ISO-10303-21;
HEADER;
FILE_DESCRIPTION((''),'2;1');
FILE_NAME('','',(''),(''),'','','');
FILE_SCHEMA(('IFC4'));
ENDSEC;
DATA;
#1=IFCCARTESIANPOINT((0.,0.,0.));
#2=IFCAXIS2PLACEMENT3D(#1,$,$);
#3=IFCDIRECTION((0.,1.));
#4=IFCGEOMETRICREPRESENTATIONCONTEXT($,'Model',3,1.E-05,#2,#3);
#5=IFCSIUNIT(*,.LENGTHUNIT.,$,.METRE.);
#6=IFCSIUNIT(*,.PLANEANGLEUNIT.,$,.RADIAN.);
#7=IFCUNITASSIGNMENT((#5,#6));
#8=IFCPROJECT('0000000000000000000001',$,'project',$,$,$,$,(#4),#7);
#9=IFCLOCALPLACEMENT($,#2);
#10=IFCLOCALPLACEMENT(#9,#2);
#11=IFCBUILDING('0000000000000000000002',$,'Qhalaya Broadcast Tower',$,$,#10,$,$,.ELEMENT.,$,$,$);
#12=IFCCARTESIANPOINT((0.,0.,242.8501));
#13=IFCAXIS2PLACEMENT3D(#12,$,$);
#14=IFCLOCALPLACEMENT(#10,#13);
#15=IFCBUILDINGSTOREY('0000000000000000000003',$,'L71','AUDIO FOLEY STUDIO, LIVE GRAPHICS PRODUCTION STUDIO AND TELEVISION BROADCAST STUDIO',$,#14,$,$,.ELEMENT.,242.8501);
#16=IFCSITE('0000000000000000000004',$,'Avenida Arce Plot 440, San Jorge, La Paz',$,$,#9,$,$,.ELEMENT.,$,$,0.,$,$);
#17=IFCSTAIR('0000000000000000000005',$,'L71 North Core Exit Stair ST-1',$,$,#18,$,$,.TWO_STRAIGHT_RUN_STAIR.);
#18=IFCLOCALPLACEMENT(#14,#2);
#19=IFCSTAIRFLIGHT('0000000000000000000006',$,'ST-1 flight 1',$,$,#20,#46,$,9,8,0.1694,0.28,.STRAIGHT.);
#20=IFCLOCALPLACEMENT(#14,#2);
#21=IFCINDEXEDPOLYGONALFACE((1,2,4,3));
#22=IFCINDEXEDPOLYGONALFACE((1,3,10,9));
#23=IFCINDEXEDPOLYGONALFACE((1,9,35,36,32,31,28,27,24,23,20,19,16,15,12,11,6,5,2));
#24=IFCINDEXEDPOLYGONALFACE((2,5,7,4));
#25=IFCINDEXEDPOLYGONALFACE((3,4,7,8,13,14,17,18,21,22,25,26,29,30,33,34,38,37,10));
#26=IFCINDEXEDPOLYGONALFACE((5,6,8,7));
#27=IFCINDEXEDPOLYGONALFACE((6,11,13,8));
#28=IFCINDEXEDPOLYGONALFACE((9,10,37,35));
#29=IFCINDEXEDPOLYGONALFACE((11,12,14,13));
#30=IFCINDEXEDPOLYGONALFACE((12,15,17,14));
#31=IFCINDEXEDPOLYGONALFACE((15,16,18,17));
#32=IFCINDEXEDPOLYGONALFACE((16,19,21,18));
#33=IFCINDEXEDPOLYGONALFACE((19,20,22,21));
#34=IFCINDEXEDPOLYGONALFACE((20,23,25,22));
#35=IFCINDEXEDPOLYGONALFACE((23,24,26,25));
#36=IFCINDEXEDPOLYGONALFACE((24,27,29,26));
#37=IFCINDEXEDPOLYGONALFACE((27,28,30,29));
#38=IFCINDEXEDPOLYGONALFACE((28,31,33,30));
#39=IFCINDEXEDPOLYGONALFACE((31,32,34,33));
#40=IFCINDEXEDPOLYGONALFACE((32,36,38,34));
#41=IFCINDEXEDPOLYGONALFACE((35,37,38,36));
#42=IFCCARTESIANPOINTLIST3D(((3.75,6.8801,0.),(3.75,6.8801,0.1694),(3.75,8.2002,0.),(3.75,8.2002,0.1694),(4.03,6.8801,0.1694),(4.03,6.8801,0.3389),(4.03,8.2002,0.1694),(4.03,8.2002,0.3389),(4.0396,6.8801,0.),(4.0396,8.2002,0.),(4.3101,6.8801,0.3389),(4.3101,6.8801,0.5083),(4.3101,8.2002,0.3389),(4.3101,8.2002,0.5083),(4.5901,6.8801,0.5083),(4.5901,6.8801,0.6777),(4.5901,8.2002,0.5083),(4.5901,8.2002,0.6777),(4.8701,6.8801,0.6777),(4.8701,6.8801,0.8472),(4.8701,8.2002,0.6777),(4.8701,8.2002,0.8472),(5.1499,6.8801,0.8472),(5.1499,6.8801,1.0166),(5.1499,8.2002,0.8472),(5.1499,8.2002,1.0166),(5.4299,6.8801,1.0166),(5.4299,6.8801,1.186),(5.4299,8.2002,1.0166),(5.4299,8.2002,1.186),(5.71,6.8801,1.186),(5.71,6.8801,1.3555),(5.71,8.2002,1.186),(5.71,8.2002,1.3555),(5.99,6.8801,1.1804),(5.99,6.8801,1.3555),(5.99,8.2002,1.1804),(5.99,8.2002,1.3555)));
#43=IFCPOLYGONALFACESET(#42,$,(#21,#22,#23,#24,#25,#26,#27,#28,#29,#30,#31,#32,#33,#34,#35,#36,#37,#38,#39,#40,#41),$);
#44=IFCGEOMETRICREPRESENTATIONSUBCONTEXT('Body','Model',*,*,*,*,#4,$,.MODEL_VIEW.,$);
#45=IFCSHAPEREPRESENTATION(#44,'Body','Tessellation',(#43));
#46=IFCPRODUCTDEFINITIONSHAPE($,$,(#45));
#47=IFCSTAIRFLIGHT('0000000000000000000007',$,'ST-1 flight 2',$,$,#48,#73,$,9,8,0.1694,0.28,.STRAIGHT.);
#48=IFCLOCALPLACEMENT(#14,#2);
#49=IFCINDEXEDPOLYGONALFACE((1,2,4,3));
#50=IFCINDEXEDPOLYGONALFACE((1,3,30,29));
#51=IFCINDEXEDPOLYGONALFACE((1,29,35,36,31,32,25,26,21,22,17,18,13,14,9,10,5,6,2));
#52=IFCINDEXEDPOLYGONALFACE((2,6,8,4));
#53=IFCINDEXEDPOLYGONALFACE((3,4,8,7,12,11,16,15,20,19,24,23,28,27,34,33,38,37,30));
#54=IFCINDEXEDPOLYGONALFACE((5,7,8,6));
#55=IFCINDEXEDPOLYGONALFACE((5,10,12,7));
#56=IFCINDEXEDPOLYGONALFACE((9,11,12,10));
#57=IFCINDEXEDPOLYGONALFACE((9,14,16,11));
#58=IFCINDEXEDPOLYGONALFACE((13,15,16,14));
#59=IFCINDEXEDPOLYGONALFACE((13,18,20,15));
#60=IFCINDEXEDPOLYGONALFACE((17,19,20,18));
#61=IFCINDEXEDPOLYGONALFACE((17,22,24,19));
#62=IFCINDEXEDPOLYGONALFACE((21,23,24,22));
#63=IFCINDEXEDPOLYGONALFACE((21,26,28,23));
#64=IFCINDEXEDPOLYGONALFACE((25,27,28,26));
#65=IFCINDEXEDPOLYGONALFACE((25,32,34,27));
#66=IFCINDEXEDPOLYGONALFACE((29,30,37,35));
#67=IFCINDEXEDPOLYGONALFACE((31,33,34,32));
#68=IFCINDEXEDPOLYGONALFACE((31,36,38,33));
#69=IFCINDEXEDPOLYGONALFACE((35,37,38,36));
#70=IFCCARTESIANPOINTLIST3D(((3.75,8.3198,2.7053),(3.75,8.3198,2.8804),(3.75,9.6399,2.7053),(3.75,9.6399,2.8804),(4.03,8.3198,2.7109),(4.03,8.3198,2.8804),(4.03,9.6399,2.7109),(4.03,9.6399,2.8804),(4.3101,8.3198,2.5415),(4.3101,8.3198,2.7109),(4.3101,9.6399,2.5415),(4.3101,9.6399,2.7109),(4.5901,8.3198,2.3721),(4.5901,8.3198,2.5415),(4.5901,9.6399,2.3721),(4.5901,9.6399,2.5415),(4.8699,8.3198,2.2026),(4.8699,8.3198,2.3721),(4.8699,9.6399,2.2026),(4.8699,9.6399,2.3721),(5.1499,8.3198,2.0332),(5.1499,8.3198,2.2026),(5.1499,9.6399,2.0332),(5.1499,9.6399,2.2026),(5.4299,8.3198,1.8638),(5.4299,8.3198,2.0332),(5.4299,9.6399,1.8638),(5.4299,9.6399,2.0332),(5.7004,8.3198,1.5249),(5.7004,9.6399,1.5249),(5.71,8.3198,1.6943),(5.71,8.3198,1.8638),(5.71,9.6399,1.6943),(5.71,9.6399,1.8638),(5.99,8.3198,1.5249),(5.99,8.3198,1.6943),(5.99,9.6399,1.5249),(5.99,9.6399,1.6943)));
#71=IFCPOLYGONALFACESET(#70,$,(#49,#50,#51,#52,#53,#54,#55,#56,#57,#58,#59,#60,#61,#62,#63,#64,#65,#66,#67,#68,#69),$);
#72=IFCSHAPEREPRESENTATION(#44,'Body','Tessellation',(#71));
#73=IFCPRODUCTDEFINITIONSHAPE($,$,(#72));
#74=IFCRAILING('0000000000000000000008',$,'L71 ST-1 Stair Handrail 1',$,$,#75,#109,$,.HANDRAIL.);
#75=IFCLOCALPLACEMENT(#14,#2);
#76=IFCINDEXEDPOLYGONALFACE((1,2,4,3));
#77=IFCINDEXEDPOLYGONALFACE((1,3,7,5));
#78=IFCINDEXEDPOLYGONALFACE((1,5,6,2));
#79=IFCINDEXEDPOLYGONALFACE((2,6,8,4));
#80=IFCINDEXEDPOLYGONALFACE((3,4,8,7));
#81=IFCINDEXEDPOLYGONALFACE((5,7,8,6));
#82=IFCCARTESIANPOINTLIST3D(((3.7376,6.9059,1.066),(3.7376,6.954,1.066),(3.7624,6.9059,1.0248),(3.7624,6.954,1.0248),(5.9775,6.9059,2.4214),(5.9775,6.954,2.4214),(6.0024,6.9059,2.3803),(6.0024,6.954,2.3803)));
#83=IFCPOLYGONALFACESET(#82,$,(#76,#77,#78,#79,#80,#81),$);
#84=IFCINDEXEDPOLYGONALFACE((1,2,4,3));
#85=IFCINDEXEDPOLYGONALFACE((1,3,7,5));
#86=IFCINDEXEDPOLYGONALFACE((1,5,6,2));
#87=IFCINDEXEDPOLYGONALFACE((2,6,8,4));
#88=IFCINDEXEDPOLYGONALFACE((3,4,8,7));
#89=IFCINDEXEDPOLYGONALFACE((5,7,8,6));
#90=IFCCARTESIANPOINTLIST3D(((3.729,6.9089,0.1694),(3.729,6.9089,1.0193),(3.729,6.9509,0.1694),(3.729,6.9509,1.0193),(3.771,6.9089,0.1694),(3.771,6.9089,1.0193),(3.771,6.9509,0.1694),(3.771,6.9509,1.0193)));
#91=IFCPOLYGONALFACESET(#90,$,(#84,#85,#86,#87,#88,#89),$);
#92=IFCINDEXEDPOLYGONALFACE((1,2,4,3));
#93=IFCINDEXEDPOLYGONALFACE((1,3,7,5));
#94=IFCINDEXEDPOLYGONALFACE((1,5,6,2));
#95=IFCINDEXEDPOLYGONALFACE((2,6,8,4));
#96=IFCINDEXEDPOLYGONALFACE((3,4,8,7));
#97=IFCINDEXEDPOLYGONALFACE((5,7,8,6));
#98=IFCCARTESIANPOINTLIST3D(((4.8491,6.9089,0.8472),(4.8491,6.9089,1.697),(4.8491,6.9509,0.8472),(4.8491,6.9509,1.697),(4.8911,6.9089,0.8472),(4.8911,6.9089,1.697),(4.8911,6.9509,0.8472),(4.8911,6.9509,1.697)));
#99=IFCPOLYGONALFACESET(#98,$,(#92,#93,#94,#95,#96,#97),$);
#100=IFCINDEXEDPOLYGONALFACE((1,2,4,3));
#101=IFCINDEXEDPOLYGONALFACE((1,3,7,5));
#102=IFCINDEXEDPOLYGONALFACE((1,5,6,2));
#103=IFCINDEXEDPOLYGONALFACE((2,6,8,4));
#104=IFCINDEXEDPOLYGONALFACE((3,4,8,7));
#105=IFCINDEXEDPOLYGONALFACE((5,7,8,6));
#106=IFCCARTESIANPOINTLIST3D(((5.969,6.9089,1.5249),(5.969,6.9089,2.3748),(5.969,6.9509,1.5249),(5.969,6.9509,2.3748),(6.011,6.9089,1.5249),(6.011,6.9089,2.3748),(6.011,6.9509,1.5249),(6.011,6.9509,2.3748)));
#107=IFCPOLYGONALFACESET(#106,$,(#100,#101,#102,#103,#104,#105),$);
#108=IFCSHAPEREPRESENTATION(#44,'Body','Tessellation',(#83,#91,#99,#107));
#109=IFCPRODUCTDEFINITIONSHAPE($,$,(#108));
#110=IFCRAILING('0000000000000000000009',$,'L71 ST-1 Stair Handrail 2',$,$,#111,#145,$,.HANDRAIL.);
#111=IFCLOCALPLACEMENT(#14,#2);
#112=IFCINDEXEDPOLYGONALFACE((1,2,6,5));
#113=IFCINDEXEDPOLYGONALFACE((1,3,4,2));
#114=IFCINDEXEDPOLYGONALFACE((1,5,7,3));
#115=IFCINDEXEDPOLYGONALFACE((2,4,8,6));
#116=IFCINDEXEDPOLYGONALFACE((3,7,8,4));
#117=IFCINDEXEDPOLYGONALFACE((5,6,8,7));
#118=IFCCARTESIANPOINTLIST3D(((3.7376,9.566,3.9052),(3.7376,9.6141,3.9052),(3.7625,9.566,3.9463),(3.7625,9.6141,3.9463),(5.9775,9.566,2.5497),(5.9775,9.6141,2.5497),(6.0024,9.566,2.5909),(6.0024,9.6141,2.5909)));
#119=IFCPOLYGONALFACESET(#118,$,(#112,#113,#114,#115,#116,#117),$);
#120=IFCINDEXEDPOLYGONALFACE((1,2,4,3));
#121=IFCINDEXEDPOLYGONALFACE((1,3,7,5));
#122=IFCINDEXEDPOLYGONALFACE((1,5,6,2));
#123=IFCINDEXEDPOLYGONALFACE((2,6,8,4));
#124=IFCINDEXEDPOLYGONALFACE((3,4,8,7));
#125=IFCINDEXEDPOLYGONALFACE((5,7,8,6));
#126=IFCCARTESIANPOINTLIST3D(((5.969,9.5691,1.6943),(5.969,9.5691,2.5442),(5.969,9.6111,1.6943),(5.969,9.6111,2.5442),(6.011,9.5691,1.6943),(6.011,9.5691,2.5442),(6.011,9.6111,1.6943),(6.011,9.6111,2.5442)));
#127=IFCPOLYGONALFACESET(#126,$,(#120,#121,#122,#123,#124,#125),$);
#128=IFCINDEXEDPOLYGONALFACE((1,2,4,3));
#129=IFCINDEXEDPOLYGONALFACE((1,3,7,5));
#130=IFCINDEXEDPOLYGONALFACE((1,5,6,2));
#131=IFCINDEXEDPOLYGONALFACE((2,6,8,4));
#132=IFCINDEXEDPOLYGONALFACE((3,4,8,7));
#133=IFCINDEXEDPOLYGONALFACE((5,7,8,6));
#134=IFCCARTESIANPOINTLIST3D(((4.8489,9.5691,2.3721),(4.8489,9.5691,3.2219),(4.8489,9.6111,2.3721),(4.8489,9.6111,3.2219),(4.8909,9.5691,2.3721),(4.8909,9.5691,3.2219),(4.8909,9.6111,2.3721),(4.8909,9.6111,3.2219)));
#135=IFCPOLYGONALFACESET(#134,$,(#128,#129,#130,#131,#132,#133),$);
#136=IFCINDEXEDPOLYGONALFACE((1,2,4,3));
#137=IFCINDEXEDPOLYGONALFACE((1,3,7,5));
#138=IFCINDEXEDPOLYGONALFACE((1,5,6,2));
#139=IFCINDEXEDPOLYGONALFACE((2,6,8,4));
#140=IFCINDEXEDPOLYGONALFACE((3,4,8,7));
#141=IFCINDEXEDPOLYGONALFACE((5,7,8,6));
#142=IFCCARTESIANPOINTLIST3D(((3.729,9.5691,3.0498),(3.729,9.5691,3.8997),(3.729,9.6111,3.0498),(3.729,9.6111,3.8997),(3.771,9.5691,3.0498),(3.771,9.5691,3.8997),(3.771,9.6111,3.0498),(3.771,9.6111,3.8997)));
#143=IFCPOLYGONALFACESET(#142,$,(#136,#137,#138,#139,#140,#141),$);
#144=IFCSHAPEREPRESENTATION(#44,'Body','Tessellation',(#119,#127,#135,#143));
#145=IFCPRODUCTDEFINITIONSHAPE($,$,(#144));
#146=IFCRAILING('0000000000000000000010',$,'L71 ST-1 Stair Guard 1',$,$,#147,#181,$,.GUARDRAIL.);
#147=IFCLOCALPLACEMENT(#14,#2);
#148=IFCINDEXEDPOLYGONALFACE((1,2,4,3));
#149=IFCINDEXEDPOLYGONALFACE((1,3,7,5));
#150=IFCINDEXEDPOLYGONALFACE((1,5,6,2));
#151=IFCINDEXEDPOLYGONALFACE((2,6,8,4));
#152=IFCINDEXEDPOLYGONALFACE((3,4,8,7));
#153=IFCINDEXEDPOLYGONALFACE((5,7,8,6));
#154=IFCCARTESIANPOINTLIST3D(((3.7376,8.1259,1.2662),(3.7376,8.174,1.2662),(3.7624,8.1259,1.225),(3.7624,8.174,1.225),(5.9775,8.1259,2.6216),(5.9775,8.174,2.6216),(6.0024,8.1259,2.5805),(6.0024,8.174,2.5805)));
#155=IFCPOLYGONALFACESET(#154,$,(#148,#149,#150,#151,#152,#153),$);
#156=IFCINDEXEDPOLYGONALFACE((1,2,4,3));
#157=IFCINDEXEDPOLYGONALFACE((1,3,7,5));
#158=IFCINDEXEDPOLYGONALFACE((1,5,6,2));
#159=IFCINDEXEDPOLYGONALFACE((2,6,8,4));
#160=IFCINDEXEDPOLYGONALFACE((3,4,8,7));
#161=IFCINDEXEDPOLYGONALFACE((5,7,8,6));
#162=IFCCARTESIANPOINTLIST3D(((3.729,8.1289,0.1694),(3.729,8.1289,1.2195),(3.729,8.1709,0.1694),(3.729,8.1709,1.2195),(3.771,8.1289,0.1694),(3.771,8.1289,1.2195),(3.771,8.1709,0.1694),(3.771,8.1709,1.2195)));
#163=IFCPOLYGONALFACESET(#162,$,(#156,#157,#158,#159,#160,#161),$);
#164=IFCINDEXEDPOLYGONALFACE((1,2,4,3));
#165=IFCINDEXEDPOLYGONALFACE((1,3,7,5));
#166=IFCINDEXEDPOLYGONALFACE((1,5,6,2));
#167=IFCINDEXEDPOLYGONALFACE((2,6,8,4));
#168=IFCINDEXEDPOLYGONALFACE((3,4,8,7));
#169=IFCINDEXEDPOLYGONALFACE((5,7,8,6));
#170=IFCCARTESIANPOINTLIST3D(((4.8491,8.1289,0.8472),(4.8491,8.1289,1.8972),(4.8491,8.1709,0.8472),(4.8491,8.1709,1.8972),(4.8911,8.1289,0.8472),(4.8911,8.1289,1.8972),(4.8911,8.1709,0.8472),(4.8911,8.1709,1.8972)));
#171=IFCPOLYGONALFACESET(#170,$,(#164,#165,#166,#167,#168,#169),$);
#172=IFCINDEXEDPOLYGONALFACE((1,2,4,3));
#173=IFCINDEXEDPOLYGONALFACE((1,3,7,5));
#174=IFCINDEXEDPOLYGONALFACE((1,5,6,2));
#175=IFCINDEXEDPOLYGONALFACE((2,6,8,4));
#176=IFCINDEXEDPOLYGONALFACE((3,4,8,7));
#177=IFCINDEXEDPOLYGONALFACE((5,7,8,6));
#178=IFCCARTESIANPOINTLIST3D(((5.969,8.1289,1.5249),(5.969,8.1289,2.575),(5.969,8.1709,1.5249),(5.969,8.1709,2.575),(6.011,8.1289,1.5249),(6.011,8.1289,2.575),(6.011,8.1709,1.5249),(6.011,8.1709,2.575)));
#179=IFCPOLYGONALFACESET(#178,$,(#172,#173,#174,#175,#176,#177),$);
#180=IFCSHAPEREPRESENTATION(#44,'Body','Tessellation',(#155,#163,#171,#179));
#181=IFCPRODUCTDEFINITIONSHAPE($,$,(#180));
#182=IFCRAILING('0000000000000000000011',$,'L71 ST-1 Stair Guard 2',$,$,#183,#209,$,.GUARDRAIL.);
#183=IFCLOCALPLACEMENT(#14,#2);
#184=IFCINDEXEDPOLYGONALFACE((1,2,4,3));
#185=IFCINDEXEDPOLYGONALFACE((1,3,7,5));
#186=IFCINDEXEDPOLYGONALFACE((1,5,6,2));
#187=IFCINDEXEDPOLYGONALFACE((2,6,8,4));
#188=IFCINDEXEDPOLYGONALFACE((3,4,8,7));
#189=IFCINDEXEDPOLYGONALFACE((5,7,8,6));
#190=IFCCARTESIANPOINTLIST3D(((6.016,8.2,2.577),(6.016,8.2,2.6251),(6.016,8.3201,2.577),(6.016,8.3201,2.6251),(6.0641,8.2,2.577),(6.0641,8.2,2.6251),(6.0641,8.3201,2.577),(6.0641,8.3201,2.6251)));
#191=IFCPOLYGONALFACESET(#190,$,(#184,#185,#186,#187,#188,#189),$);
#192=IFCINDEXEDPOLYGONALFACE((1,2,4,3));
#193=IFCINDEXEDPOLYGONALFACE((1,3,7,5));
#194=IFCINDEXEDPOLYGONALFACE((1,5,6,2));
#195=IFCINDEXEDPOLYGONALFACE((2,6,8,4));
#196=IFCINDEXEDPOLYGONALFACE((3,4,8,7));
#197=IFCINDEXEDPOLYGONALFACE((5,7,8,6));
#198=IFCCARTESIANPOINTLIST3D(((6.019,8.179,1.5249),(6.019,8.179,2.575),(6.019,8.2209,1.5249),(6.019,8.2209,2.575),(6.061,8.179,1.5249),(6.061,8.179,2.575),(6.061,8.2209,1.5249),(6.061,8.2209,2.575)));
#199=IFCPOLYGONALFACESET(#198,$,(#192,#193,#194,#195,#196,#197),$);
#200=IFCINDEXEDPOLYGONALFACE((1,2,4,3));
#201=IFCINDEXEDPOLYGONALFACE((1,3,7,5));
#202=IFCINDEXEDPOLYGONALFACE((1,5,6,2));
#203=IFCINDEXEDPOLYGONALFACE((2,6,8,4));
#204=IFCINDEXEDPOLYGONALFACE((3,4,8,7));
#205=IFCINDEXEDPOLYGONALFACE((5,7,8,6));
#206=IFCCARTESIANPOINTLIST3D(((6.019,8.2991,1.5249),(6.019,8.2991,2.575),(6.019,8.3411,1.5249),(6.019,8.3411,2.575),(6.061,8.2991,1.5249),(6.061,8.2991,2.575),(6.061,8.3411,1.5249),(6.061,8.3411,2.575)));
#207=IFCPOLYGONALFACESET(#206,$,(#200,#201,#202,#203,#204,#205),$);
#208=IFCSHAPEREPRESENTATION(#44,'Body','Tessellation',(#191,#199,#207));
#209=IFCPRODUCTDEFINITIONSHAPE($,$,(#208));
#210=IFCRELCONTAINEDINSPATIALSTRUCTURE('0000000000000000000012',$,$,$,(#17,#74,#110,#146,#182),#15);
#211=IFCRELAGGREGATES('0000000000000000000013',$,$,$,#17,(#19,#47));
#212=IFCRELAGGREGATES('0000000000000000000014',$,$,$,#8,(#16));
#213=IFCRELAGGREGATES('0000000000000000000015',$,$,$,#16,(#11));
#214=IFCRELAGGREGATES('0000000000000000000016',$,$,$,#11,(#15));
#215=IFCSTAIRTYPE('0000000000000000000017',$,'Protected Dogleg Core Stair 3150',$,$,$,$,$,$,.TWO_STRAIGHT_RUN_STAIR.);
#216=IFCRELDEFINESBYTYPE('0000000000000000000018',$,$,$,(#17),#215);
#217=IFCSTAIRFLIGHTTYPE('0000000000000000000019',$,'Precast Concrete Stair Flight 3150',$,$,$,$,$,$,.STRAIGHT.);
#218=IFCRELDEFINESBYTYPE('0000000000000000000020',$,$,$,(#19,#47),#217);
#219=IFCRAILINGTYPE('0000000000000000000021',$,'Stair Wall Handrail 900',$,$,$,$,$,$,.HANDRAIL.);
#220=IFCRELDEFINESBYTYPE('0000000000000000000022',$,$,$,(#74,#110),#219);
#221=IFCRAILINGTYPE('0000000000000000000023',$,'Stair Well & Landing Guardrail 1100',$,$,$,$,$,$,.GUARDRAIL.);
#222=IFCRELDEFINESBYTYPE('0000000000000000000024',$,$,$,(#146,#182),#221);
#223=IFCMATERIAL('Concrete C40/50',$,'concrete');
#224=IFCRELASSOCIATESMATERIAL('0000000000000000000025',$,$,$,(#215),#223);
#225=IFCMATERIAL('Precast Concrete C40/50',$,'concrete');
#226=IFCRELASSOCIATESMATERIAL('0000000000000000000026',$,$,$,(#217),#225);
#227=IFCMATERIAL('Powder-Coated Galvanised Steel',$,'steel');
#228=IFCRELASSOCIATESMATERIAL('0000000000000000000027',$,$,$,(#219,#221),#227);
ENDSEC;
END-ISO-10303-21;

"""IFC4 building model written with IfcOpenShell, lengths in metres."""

from ifc_helpers import new_model, si_unit, direction, frame, origin, origin_2d, place, context, subcontext, project, spatial, polyline, rectangle, outline, extrude, material, type_object, element, aggregate, save


model = new_model("IFC4")

# Units and contexts
model_context = context("Model", 3, precision=1e-05, world=origin(), true_north=direction((0.0, 1.0)))
body_context = subcontext(model_context, "Body", "Model", "MODEL_VIEW")
ifc_project = project(units=[si_unit("LENGTHUNIT", "METRE"), si_unit("PLANEANGLEUNIT", "RADIAN")], contexts=[model_context])

# Site, building, storey
site_placement = place(None, origin())
site = spatial("IfcSite", under=ifc_project, at=site_placement, Name="Avenida Arce Plot 440, San Jorge, La Paz", CompositionType="ELEMENT", RefElevation=0.0)
building_placement = place(site_placement, origin())
building = spatial("IfcBuilding", under=site, at=building_placement, Name="Qhalaya Broadcast Tower", CompositionType="ELEMENT")
storey_placement = place(building_placement, frame((0.0, 0.0, 242.8501)))
storey = spatial("IfcBuildingStorey", under=building, at=storey_placement, Name="L71", Description="AUDIO FOLEY STUDIO, LIVE GRAPHICS PRODUCTION STUDIO AND TELEVISION BROADCAST STUDIO", CompositionType="ELEMENT", Elevation=242.8501)

# Stair, stair flights
ifc_material_1 = material(Name="Concrete C40/50", Category="concrete")
stair_type = type_object("IfcStairType", Name="Protected Dogleg Core Stair 3150", PredefinedType="TWO_STRAIGHT_RUN_STAIR", material=ifc_material_1)
stair_placement = place(storey_placement, origin())
stair = element("IfcStair", 1, at=stair_placement, inside=storey, type_object=stair_type, Name="L71 North Core Exit Stair ST-1", PredefinedType="TWO_STRAIGHT_RUN_STAIR")
ifc_material_2 = material(Name="Precast Concrete C40/50", Category="concrete")
stair_flight_type = type_object("IfcStairFlightType", Name="Precast Concrete Stair Flight 3150", PredefinedType="STRAIGHT", material=ifc_material_2)
stair_flight_1_placement = place(storey_placement, frame((3.75, 7.54, 0.0), z_axis=(0.0, 0.0, 1.0), x_axis=(1.0, 0.0, 0.0)))
stair_flight_1 = element("IfcStairFlight", 2, at=stair_flight_1_placement, type_object=stair_flight_type, Name="ST-1 flight 1", NumberOfRisers=9, NumberOfTreads=8, PredefinedType="STRAIGHT", RiserHeight=0.1694, TreadLength=0.28, context=body_context, shape_type="SweptSolid", body=[
    extrude(outline(polyline([(0.0, 0.0), (0.0, 0.1694), (0.28, 0.1694), (0.28, 0.3389), (0.5601, 0.3389), (0.5601, 0.5083), (0.8401, 0.5083), (0.8401, 0.6777), (1.1201, 0.6777), (1.1201, 0.8472), (1.3999, 0.8472), (1.3999, 1.0166), (1.6799, 1.0166), (1.6799, 1.186), (1.96, 1.186), (1.96, 1.3555), (2.24, 1.3555), (2.24, 1.5249), (2.24, 1.1804), (0.2896, 0.0), (0.0, 0.0)])), frame((0.0, 0.6602, 0.0), z_axis=(0.0, -1.0, 0.0), x_axis=(1.0, 0.0, 0.0)), (0.0, 0.0, 1.0), 1.3201),
])
stair_flight_2_placement = place(storey_placement, frame((5.99, 8.98, 1.5249), z_axis=(0.0, 0.0, 1.0), x_axis=(-1.0, 0.0, 0.0)))
stair_flight_2 = element("IfcStairFlight", 3, at=stair_flight_2_placement, type_object=stair_flight_type, Name="ST-1 flight 2", NumberOfRisers=9, NumberOfTreads=8, PredefinedType="STRAIGHT", RiserHeight=0.1694, TreadLength=0.28, context=body_context, shape_type="SweptSolid", body=[
    extrude(outline(polyline([(0.0, 0.0), (0.0, 0.1694), (0.28, 0.1694), (0.28, 0.3389), (0.5601, 0.3389), (0.5601, 0.5083), (0.8401, 0.5083), (0.8401, 0.6777), (1.1201, 0.6777), (1.1201, 0.8472), (1.3999, 0.8472), (1.3999, 1.0166), (1.6799, 1.0166), (1.6799, 1.186), (1.96, 1.186), (1.96, 1.3555), (2.24, 1.3555), (2.24, 1.5249), (2.24, 1.1804), (0.2896, 0.0), (0.0, 0.0)])), frame((0.0, 0.6602, 0.0), z_axis=(0.0, -1.0, 0.0), x_axis=(1.0, 0.0, 0.0)), (0.0, 0.0, 1.0), 1.3201),
])
aggregate(stair, [stair_flight_1, stair_flight_2])

# Railings
ifc_material_3 = material(Name="Powder-Coated Galvanised Steel", Category="steel")
railing_type_1 = type_object("IfcRailingType", Name="Stair Wall Handrail 900", PredefinedType="HANDRAIL", material=ifc_material_3)
railing_1_placement = place(storey_placement, frame((3.75, 6.9299, 0.1694)))
element("IfcRailing", 4, at=railing_1_placement, inside=storey, type_object=railing_type_1, Name="L71 ST-1 Stair Handrail 1", PredefinedType="HANDRAIL", context=body_context, shape_type="SweptSolid", body=[
    extrude(rectangle(XDim=0.0481, YDim=0.0481, at=origin_2d()), frame((0.0, 0.0, 0.876), z_axis=(0.855553, 0.0, 0.517715), x_axis=(0.0, 1.0, 0.0)), (0.0, 0.0, 1.0), 2.6182),
    extrude(rectangle(XDim=0.042, YDim=0.042, at=origin_2d()), origin(), (0.0, 0.0, 1.0), 0.8499),
    extrude(rectangle(XDim=0.042, YDim=0.042, at=origin_2d()), frame((1.1201, 0.0, 0.6777)), (0.0, 0.0, 1.0), 0.8499),
    extrude(rectangle(XDim=0.042, YDim=0.042, at=origin_2d()), frame((2.24, 0.0, 1.3555)), (0.0, 0.0, 1.0), 0.8499),
])
railing_2_placement = place(storey_placement, frame((5.99, 9.5901, 1.6943)))
element("IfcRailing", 5, at=railing_2_placement, inside=storey, type_object=railing_type_1, Name="L71 ST-1 Stair Handrail 2", PredefinedType="HANDRAIL", context=body_context, shape_type="SweptSolid", body=[
    extrude(rectangle(XDim=0.0481, YDim=0.0481, at=origin_2d()), frame((0.0, 0.0, 0.876), z_axis=(-0.855553, 0.0, 0.517715), x_axis=(0.0, -1.0, 0.0)), (0.0, 0.0, 1.0), 2.6182),
    extrude(rectangle(XDim=0.042, YDim=0.042, at=origin_2d()), origin(), (0.0, 0.0, 1.0), 0.8499),
    extrude(rectangle(XDim=0.042, YDim=0.042, at=origin_2d()), frame((-1.1201, 0.0, 0.6777)), (0.0, 0.0, 1.0), 0.8499),
    extrude(rectangle(XDim=0.042, YDim=0.042, at=origin_2d()), frame((-2.24, 0.0, 1.3555)), (0.0, 0.0, 1.0), 0.8499),
])
railing_type_2 = type_object("IfcRailingType", Name="Stair Well & Landing Guardrail 1100", PredefinedType="GUARDRAIL", material=ifc_material_3)
railing_3_placement = place(storey_placement, frame((3.75, 8.1499, 0.1694)))
element("IfcRailing", 6, at=railing_3_placement, inside=storey, type_object=railing_type_2, Name="L71 ST-1 Stair Guard 1", PredefinedType="GUARDRAIL", context=body_context, shape_type="SweptSolid", body=[
    extrude(rectangle(XDim=0.0481, YDim=0.0481, at=origin_2d()), frame((0.0, 0.0, 1.0762), z_axis=(0.855553, 0.0, 0.517715), x_axis=(0.0, 1.0, 0.0)), (0.0, 0.0, 1.0), 2.6182),
    extrude(rectangle(XDim=0.042, YDim=0.042, at=origin_2d()), origin(), (0.0, 0.0, 1.0), 1.05),
    extrude(rectangle(XDim=0.042, YDim=0.042, at=origin_2d()), frame((1.1201, 0.0, 0.6777)), (0.0, 0.0, 1.0), 1.05),
    extrude(rectangle(XDim=0.042, YDim=0.042, at=origin_2d()), frame((2.24, 0.0, 1.3555)), (0.0, 0.0, 1.0), 1.05),
])
railing_4_placement = place(storey_placement, frame((6.04, 8.2, 1.5249)))
element("IfcRailing", 7, at=railing_4_placement, inside=storey, type_object=railing_type_2, Name="L71 ST-1 Stair Guard 2", PredefinedType="GUARDRAIL", context=body_context, shape_type="SweptSolid", body=[
    extrude(rectangle(XDim=0.0481, YDim=0.0481, at=origin_2d()), frame((0.0, 0.0, 1.0762), z_axis=(0.0, 1.0, 0.0), x_axis=(-1.0, 0.0, 0.0)), (0.0, 0.0, 1.0), 0.1201),
    extrude(rectangle(XDim=0.042, YDim=0.042, at=origin_2d()), origin(), (0.0, 0.0, 1.0), 1.05),
    extrude(rectangle(XDim=0.042, YDim=0.042, at=origin_2d()), frame((0.0, 0.1201, 0.0)), (0.0, 0.0, 1.0), 1.05),
])

save(model, "model.ifc")
